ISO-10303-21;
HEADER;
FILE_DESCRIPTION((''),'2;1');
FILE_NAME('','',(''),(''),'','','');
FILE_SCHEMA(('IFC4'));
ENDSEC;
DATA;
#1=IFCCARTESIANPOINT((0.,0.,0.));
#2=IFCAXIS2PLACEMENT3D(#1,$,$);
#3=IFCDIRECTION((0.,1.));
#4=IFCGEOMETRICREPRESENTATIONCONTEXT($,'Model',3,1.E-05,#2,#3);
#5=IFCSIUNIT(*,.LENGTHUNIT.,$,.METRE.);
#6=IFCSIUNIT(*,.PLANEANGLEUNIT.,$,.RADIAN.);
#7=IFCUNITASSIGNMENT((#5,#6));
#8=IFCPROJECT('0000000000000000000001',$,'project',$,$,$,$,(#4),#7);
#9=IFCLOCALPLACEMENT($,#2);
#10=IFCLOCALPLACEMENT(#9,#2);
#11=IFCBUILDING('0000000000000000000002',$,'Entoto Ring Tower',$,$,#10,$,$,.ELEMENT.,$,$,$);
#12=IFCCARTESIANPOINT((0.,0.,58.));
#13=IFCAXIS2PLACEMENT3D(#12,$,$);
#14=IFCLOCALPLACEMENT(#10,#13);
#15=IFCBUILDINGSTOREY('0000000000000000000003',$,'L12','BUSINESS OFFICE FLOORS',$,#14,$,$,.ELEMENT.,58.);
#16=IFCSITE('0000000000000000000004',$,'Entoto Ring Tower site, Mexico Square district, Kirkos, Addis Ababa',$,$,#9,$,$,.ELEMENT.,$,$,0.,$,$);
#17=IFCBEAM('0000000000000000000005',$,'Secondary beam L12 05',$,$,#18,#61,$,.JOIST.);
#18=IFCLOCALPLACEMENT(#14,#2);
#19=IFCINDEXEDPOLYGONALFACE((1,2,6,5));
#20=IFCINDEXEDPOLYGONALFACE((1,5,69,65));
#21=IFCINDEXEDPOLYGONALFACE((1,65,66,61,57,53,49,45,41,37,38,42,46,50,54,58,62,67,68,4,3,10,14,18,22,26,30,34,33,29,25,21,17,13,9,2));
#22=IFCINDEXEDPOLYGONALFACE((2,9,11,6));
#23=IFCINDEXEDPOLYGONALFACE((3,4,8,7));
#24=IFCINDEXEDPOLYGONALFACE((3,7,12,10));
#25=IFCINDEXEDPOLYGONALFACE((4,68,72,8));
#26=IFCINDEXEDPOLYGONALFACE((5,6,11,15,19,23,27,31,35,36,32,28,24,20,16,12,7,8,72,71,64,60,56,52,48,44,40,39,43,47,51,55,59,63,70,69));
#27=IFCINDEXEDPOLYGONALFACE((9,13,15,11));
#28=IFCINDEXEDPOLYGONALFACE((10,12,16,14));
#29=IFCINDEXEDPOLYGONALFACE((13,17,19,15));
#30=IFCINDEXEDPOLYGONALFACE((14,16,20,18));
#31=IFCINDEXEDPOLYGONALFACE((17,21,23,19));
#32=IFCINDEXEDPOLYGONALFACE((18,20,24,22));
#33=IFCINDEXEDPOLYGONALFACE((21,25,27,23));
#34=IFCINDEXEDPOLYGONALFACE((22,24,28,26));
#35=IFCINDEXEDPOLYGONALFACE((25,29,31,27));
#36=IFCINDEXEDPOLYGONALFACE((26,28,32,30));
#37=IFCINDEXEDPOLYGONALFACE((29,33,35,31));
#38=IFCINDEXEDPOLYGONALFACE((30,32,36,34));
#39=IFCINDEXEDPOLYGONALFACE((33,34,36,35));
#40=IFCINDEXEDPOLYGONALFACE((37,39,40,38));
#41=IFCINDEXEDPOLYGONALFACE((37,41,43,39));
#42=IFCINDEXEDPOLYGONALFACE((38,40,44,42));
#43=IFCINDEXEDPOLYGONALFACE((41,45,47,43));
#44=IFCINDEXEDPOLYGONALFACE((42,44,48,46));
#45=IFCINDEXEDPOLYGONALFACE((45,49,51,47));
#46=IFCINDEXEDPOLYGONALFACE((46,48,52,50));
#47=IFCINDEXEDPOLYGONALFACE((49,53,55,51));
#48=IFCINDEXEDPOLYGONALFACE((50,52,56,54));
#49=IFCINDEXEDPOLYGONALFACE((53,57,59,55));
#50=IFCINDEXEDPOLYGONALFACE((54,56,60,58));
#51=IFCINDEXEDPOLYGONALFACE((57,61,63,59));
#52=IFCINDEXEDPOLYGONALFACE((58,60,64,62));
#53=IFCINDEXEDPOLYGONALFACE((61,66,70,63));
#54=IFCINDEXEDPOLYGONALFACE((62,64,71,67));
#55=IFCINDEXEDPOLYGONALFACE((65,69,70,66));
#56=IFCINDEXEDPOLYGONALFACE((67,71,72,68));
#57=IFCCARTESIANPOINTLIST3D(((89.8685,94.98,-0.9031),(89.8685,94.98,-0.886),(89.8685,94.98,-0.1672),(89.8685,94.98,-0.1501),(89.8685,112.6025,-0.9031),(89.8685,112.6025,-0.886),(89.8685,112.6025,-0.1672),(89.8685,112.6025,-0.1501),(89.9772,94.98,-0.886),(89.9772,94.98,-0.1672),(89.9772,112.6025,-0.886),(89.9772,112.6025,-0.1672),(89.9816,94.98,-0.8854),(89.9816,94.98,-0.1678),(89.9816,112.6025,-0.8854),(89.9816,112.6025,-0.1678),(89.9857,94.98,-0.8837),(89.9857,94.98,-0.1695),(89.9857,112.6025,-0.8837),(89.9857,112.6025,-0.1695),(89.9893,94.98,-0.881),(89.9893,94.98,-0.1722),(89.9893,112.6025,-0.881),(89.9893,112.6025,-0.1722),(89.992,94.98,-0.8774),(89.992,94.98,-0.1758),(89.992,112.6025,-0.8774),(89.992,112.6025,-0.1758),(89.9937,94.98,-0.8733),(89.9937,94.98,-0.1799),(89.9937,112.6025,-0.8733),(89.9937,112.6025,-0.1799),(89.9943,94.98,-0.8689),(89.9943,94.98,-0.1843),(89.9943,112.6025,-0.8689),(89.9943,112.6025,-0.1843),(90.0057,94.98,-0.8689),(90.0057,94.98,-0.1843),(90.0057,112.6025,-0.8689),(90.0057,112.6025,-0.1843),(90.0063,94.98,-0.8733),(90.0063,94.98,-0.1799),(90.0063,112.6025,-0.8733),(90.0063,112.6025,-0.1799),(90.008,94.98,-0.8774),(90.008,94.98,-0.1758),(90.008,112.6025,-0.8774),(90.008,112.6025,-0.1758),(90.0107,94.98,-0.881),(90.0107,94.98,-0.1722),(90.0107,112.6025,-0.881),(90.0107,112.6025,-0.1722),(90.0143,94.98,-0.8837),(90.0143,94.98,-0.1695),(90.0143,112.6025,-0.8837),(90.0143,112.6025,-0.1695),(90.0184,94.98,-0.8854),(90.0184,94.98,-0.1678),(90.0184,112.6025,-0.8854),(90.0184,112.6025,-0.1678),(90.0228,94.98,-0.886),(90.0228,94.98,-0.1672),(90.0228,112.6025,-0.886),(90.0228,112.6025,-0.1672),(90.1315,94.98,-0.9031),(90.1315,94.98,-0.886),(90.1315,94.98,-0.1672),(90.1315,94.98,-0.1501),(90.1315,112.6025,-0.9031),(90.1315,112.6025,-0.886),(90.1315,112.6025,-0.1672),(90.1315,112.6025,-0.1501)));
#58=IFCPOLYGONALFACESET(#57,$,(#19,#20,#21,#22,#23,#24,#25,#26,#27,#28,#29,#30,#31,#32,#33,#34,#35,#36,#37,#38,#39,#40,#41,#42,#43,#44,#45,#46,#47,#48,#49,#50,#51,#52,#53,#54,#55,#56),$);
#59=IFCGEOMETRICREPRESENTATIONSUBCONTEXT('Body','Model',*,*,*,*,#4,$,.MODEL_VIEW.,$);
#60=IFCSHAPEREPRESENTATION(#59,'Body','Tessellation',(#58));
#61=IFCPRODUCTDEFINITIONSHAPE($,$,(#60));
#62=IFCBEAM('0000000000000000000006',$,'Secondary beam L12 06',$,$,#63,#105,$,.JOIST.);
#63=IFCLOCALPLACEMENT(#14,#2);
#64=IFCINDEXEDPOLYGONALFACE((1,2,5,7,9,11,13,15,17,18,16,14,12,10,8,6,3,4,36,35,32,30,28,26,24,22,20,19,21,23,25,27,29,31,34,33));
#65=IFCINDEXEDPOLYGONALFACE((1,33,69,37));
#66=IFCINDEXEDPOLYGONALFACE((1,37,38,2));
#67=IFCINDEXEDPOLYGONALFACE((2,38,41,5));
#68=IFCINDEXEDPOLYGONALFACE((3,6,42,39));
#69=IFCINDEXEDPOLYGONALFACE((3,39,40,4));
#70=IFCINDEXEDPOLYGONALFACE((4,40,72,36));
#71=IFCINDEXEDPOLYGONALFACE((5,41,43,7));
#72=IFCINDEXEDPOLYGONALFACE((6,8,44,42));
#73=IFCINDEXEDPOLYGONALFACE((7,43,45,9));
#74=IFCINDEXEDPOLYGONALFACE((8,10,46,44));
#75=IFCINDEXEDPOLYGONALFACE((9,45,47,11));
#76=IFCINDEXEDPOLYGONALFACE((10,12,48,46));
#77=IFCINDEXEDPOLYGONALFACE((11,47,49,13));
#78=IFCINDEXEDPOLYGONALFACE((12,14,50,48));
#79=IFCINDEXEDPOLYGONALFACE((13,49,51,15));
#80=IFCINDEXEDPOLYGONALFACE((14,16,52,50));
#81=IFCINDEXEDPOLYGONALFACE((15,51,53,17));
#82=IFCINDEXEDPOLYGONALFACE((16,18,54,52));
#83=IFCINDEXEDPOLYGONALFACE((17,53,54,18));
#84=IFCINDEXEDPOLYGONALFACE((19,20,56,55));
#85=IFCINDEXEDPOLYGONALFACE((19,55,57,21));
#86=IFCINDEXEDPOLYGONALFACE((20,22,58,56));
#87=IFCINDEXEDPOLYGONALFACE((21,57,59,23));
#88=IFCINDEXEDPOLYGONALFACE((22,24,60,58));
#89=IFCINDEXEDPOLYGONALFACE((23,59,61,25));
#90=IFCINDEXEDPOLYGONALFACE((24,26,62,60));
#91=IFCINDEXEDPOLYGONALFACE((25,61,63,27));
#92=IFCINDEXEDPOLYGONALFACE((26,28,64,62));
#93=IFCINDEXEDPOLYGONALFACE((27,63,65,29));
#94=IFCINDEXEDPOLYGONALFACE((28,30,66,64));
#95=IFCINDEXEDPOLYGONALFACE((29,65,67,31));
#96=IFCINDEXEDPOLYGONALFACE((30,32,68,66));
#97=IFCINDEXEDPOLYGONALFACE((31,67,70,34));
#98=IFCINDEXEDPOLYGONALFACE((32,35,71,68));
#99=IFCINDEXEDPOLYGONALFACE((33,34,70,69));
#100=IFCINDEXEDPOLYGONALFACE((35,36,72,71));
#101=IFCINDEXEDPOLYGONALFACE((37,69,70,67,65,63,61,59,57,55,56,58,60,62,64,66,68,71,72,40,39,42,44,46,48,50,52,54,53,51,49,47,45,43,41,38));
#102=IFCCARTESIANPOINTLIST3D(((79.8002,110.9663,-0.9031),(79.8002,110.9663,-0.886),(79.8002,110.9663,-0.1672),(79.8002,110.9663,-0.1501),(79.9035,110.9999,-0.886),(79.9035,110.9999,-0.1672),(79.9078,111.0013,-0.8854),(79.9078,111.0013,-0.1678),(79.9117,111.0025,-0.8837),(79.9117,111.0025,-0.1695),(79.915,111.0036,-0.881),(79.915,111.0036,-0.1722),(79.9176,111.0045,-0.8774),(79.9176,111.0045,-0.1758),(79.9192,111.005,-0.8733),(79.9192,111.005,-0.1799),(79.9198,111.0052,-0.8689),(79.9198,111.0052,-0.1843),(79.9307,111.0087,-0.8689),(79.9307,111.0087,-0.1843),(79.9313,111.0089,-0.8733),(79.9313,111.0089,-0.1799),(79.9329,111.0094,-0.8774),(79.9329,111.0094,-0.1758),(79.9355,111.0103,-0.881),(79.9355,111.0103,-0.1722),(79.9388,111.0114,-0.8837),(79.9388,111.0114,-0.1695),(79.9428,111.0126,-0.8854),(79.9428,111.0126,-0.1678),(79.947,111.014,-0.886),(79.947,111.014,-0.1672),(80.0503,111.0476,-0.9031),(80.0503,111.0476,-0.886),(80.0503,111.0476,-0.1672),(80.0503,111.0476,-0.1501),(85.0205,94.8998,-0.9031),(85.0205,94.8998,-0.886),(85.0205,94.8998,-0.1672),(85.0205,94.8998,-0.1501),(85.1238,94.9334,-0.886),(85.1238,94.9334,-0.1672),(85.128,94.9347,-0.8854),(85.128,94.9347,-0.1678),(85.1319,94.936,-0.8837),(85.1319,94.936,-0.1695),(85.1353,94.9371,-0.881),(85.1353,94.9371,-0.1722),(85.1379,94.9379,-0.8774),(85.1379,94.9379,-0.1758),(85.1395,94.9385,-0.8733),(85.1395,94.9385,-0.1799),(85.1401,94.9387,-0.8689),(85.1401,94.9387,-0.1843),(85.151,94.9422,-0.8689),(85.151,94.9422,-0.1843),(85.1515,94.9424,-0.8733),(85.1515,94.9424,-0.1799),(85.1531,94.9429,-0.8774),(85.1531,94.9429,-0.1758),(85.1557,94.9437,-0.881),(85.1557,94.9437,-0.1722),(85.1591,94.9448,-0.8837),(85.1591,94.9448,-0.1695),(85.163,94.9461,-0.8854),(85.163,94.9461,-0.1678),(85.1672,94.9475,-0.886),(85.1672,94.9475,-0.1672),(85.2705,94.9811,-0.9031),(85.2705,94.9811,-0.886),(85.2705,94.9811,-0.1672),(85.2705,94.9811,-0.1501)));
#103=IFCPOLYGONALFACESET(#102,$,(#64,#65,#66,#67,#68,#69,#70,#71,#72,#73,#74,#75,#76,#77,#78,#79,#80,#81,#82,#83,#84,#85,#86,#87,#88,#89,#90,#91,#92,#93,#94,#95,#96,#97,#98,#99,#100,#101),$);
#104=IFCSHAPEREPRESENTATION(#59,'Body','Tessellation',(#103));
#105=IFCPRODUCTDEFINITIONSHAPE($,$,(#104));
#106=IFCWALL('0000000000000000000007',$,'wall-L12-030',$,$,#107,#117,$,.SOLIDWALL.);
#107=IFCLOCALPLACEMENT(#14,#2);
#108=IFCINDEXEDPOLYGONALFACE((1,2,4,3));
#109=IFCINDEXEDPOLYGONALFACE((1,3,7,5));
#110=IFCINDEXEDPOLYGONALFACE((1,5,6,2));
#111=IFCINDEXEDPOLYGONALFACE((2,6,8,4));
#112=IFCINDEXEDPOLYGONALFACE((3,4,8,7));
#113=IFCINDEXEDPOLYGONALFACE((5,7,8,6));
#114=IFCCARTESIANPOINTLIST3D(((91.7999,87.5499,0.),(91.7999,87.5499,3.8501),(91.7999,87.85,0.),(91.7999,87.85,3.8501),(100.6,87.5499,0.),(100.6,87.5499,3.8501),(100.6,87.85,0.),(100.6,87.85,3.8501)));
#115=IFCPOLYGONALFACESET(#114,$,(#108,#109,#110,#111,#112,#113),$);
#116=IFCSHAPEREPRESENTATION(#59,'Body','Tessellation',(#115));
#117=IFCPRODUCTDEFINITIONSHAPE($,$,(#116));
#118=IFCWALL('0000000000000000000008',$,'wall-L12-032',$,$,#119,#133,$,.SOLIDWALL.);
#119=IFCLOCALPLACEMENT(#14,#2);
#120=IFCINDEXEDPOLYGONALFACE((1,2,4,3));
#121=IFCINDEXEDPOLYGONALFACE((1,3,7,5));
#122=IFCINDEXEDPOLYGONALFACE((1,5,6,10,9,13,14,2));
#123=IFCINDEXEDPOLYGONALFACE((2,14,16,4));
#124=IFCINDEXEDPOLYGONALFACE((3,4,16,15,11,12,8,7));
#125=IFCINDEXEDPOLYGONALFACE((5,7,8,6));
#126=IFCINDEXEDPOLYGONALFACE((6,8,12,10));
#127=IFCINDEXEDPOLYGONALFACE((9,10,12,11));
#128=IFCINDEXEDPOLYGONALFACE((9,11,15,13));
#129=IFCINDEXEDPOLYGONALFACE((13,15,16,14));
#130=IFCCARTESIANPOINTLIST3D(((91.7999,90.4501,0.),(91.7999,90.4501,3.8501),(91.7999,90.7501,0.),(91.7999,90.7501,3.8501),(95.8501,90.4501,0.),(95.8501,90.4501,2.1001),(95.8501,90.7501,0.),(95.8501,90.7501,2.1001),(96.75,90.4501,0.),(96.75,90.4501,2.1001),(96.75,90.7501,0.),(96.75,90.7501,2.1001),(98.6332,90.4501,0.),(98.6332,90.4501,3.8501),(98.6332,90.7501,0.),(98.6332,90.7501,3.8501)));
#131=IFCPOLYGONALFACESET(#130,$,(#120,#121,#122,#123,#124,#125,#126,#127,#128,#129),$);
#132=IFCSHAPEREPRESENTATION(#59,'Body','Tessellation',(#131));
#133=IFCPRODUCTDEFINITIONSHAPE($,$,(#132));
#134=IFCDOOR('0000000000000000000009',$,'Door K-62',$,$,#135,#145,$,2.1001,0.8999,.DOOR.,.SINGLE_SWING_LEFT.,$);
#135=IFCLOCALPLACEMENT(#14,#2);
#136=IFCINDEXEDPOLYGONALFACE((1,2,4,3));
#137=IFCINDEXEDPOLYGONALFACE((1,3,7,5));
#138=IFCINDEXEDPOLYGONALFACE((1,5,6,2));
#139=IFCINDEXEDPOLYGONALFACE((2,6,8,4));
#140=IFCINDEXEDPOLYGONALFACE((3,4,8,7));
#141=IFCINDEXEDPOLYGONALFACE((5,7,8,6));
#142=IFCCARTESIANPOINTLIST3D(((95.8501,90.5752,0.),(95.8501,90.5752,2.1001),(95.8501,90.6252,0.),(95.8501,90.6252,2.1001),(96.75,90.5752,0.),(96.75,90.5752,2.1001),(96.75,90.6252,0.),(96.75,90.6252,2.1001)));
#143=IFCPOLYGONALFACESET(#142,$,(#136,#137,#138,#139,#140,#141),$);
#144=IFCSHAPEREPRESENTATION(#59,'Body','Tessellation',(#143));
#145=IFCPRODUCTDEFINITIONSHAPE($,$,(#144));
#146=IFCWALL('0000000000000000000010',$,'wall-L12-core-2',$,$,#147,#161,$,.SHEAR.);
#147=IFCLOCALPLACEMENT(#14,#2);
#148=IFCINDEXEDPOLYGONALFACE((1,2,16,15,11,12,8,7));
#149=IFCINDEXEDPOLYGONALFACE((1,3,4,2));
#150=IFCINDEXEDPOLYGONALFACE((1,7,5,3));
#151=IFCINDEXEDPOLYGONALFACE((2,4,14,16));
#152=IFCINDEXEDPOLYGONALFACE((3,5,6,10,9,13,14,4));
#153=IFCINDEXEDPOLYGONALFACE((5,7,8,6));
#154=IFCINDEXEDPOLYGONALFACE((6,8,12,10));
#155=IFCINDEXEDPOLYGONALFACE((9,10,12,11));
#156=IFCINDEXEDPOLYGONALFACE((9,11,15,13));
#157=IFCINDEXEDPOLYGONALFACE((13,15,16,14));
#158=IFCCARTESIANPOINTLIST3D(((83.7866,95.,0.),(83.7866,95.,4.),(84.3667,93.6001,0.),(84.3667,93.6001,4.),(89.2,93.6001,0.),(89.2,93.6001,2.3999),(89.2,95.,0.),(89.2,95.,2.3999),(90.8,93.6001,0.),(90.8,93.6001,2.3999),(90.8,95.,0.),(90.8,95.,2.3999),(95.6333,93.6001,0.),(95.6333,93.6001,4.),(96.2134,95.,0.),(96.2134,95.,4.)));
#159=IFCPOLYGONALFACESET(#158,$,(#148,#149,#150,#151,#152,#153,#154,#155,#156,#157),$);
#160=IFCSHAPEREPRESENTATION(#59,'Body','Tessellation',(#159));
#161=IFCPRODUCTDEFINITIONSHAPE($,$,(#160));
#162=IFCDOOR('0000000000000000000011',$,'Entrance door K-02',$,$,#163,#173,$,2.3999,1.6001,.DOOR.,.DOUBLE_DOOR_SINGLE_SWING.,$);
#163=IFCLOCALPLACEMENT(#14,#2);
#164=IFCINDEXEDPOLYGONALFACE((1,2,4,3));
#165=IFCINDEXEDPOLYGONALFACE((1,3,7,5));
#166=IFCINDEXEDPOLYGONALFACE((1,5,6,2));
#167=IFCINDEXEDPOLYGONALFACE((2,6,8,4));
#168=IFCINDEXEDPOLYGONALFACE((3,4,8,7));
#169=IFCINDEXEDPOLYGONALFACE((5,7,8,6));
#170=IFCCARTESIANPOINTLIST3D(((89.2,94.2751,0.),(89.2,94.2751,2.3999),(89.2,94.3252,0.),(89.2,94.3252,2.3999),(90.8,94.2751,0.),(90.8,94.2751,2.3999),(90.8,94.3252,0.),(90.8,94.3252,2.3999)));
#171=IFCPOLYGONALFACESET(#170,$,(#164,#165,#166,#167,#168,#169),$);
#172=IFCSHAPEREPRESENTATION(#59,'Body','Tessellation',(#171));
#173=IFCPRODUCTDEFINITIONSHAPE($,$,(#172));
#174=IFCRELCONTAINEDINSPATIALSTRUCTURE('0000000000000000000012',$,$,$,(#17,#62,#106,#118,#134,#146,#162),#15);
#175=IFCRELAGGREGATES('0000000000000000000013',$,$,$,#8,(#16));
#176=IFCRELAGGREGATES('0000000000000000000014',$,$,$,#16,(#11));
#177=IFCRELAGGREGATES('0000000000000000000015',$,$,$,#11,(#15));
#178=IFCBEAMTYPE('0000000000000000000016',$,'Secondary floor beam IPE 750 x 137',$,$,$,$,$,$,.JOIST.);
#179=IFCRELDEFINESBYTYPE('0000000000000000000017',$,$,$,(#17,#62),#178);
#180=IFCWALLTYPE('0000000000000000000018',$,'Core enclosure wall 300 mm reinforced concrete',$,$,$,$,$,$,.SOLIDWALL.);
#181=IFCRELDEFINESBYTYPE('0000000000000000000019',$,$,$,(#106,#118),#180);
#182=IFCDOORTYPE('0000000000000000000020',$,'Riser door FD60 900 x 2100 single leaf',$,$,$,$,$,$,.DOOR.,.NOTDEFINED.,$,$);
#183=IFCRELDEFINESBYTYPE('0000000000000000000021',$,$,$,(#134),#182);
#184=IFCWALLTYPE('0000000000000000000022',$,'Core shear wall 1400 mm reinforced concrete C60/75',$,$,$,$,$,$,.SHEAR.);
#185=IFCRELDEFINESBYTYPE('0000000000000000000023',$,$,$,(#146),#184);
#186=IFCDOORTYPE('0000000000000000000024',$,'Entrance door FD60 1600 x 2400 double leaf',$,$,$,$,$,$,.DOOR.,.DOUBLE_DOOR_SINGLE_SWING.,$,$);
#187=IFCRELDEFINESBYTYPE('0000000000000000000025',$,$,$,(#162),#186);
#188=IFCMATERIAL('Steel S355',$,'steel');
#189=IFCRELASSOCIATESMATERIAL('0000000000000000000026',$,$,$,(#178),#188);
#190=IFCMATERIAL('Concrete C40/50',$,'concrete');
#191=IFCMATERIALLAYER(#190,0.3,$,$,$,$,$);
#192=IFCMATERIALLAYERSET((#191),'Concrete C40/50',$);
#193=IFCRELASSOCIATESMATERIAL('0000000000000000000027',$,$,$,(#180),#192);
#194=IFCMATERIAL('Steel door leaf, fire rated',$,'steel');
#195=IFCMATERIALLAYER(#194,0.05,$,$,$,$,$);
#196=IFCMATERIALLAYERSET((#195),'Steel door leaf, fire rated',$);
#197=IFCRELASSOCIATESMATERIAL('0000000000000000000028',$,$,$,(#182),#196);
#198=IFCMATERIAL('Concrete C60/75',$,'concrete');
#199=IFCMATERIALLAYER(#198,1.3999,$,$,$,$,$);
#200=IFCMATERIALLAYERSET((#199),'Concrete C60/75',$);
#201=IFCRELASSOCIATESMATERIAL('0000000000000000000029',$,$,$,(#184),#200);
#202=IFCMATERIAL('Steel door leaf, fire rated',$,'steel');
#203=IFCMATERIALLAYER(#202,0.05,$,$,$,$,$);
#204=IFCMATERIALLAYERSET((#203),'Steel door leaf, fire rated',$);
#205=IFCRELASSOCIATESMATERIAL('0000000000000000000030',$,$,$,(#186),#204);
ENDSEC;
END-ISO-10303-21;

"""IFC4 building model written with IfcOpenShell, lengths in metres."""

from ifc_helpers import new_model, si_unit, direction, frame, frame_2d, origin, origin_2d, place, context, subcontext, project, spatial, polyline, rectangle, i_section, outline, extrude, material, layer, layer_set, material_profile, profile_set, type_object, element, fill, save


model = new_model("IFC4")

# Units and contexts
model_context = context("Model", 3, precision=1e-05, world=origin(), true_north=direction((0.0, 1.0)))
body_context = subcontext(model_context, "Body", "Model", "MODEL_VIEW")
ifc_project = project(units=[si_unit("LENGTHUNIT", "METRE"), si_unit("PLANEANGLEUNIT", "RADIAN")], contexts=[model_context])

# Site, building, storey
site_placement = place(None, origin())
site = spatial("IfcSite", under=ifc_project, at=site_placement, Name="Entoto Ring Tower site, Mexico Square district, Kirkos, Addis Ababa", CompositionType="ELEMENT", RefElevation=0.0)
building_placement = place(site_placement, origin())
building = spatial("IfcBuilding", under=site, at=building_placement, Name="Entoto Ring Tower", CompositionType="ELEMENT")
storey_placement = place(building_placement, frame((0.0, 0.0, 58.0)))
storey = spatial("IfcBuildingStorey", under=building, at=storey_placement, Name="L12", Description="BUSINESS OFFICE FLOORS", CompositionType="ELEMENT", Elevation=58.0)

# Beams
ifc_material_1 = material(Name="Steel S355", Category="steel")
ifc_material_profile_1 = material_profile(ifc_material_1, i_section(OverallWidth=0.2629, OverallDepth=0.7529, WebThickness=0.0115, FlangeThickness=0.0171, FilletRadius=0.0171, at=origin_2d()), Name="IPE 750 x 137")
ifc_profile_set_1 = profile_set([ifc_material_profile_1], Name="Steel S355")
beam_type_1 = type_object("IfcBeamType", Name="Secondary floor beam IPE 750 x 137", PredefinedType="JOIST", material=ifc_profile_set_1)
beam_1_placement = place(storey_placement, frame((90.0, 94.98, -0.5266), z_axis=(0.0, 1.0, 0.0), x_axis=(-1.0, 0.0, 0.0)))
element("IfcBeam", 1, at=beam_1_placement, inside=storey, type_object=beam_type_1, Name="Secondary beam L12 05", PredefinedType="JOIST", context=body_context, shape_type="SweptSolid", body=[
    extrude(i_section(OverallWidth=0.2629, OverallDepth=0.7529, WebThickness=0.0115, FlangeThickness=0.0171, FilletRadius=0.0171, at=origin_2d()), origin(), (0.0, 0.0, 1.0), 17.6226),
])
beam_2_placement = place(storey_placement, frame((85.1455, 94.9404, -0.5266), z_axis=(-0.309013, 0.951058, 0.0), x_axis=(-0.951058, -0.309013, 0.0)))
element("IfcBeam", 2, at=beam_2_placement, inside=storey, type_object=beam_type_1, Name="Secondary beam L12 06", PredefinedType="JOIST", context=body_context, shape_type="SweptSolid", body=[
    extrude(i_section(OverallWidth=0.2629, OverallDepth=0.7529, WebThickness=0.0115, FlangeThickness=0.0171, FilletRadius=0.0171, at=origin_2d()), origin(), (0.0, 0.0, 1.0), 16.8933),
])

# Wall
ifc_material_2 = material(Name="Concrete C40/50", Category="concrete")
ifc_layer_1 = layer(ifc_material_2, 0.3)
ifc_layer_set_1 = layer_set([ifc_layer_1], Name="Concrete C40/50")
wall_type_1 = type_object("IfcWallType", Name="Core enclosure wall 300 mm reinforced concrete", PredefinedType="SOLIDWALL", material=ifc_layer_set_1)
wall_1_placement = place(storey_placement, frame((91.8, 87.7, 0.0), z_axis=(0.0, 0.0, 1.0), x_axis=(1.0, 0.0, 0.0)))
element("IfcWall", 3, at=wall_1_placement, inside=storey, type_object=wall_type_1, Name="wall-L12-030", PredefinedType="SOLIDWALL", context=body_context, shape_type="SweptSolid", body=[
    extrude(rectangle(XDim=8.8, YDim=0.3, at=frame_2d((4.3999, 0.0))), origin(), (0.0, 0.0, 1.0), 3.8501),
])

# Walls, openings, doors
wall_2_placement = place(storey_placement, frame((91.8, 90.6001, 0.0), z_axis=(0.0, 0.0, 1.0), x_axis=(1.0, 0.0, 0.0)))
wall_2 = element("IfcWall", 4, at=wall_2_placement, inside=storey, type_object=wall_type_1, Name="wall-L12-032", PredefinedType="SOLIDWALL", context=body_context, shape_type="SweptSolid", body=[
    extrude(rectangle(XDim=6.8333, YDim=0.3, at=frame_2d((3.4165, 0.0))), origin(), (0.0, 0.0, 1.0), 3.8501),
])
opening_1_placement = place(wall_2_placement, frame((4.05, 0.0, 0.0)))
opening_1 = element("IfcOpeningElement", 5, at=opening_1_placement, cuts=wall_2, PredefinedType="OPENING", context=body_context, shape_type="SweptSolid", body=[
    extrude(rectangle(XDim=0.8999, YDim=2.1001, at=frame_2d((0.45, 1.05))), frame((0.0, 0.1602, 0.0), z_axis=(0.0, -1.0, 0.0), x_axis=(1.0, 0.0, 0.0)), (0.0, 0.0, 1.0), 0.3201),
])
ifc_material_3 = material(Name="Steel door leaf, fire rated", Category="steel")
ifc_layer_2 = layer(ifc_material_3, 0.05)
ifc_layer_set_2 = layer_set([ifc_layer_2], Name="Steel door leaf, fire rated")
door_type_1 = type_object("IfcDoorType", Name="Riser door FD60 900 x 2100 single leaf", OperationType="NOTDEFINED", PredefinedType="DOOR", material=ifc_layer_set_2)
door_1_placement = place(opening_1_placement, frame((0.8999, 0.0, 0.0), z_axis=(0.0, 0.0, 1.0), x_axis=(-1.0, 0.0, 0.0)))
door_1 = element("IfcDoor", 6, at=door_1_placement, inside=storey, type_object=door_type_1, Name="Door K-62", OperationType="SINGLE_SWING_LEFT", OverallHeight=2.1001, OverallWidth=0.8999, PredefinedType="DOOR", context=body_context, shape_type="SweptSolid", body=[
    extrude(rectangle(XDim=0.8999, YDim=2.1001, at=frame_2d((0.45, 1.05))), frame((0.0, 0.0249, 0.0), z_axis=(0.0, -1.0, 0.0), x_axis=(1.0, 0.0, 0.0)), (0.0, 0.0, 1.0), 0.05),
])
fill(opening_1, door_1)
ifc_material_4 = material(Name="Concrete C60/75", Category="concrete")
ifc_layer_3 = layer(ifc_material_4, 1.3999)
ifc_layer_set_3 = layer_set([ifc_layer_3], Name="Concrete C60/75")
wall_type_2 = type_object("IfcWallType", Name="Core shear wall 1400 mm reinforced concrete C60/75", PredefinedType="SHEAR", material=ifc_layer_set_3)
wall_3_placement = place(storey_placement, frame((95.9233, 94.3, 0.0), z_axis=(0.0, 0.0, 1.0), x_axis=(-1.0, 0.0, 0.0)))
wall_3 = element("IfcWall", 7, at=wall_3_placement, inside=storey, type_object=wall_type_2, Name="wall-L12-core-2", PredefinedType="SHEAR", context=body_context, shape_type="SweptSolid", body=[
    extrude(outline(polyline([(-0.29, -0.7), (12.1367, -0.7), (11.5566, 0.7), (0.29, 0.7), (-0.29, -0.7)])), origin(), (0.0, 0.0, 1.0), 4.0),
])
opening_2_placement = place(wall_3_placement, frame((5.1233, 0.0, 0.0)))
opening_2 = element("IfcOpeningElement", 8, at=opening_2_placement, cuts=wall_3, PredefinedType="OPENING", context=body_context, shape_type="SweptSolid", body=[
    extrude(rectangle(XDim=1.6001, YDim=2.3999, at=frame_2d((0.8, 1.2))), frame((0.0, 0.71, 0.0), z_axis=(0.0, -1.0, 0.0), x_axis=(1.0, 0.0, 0.0)), (0.0, 0.0, 1.0), 1.4199),
])
ifc_material_5 = material(Name="Steel door leaf, fire rated", Category="steel")
ifc_layer_4 = layer(ifc_material_5, 0.05)
ifc_layer_set_4 = layer_set([ifc_layer_4], Name="Steel door leaf, fire rated")
door_type_2 = type_object("IfcDoorType", Name="Entrance door FD60 1600 x 2400 double leaf", OperationType="DOUBLE_DOOR_SINGLE_SWING", PredefinedType="DOOR", material=ifc_layer_set_4)
door_2_placement = place(opening_2_placement, origin())
door_2 = element("IfcDoor", 9, at=door_2_placement, inside=storey, type_object=door_type_2, Name="Entrance door K-02", OperationType="DOUBLE_DOOR_SINGLE_SWING", OverallHeight=2.3999, OverallWidth=1.6001, PredefinedType="DOOR", context=body_context, shape_type="SweptSolid", body=[
    extrude(rectangle(XDim=1.6001, YDim=2.3999, at=frame_2d((0.8, 1.2))), frame((0.0, 0.0249, 0.0), z_axis=(0.0, -1.0, 0.0), x_axis=(1.0, 0.0, 0.0)), (0.0, 0.0, 1.0), 0.05),
])
fill(opening_2, door_2)

save(model, "model.ifc")
